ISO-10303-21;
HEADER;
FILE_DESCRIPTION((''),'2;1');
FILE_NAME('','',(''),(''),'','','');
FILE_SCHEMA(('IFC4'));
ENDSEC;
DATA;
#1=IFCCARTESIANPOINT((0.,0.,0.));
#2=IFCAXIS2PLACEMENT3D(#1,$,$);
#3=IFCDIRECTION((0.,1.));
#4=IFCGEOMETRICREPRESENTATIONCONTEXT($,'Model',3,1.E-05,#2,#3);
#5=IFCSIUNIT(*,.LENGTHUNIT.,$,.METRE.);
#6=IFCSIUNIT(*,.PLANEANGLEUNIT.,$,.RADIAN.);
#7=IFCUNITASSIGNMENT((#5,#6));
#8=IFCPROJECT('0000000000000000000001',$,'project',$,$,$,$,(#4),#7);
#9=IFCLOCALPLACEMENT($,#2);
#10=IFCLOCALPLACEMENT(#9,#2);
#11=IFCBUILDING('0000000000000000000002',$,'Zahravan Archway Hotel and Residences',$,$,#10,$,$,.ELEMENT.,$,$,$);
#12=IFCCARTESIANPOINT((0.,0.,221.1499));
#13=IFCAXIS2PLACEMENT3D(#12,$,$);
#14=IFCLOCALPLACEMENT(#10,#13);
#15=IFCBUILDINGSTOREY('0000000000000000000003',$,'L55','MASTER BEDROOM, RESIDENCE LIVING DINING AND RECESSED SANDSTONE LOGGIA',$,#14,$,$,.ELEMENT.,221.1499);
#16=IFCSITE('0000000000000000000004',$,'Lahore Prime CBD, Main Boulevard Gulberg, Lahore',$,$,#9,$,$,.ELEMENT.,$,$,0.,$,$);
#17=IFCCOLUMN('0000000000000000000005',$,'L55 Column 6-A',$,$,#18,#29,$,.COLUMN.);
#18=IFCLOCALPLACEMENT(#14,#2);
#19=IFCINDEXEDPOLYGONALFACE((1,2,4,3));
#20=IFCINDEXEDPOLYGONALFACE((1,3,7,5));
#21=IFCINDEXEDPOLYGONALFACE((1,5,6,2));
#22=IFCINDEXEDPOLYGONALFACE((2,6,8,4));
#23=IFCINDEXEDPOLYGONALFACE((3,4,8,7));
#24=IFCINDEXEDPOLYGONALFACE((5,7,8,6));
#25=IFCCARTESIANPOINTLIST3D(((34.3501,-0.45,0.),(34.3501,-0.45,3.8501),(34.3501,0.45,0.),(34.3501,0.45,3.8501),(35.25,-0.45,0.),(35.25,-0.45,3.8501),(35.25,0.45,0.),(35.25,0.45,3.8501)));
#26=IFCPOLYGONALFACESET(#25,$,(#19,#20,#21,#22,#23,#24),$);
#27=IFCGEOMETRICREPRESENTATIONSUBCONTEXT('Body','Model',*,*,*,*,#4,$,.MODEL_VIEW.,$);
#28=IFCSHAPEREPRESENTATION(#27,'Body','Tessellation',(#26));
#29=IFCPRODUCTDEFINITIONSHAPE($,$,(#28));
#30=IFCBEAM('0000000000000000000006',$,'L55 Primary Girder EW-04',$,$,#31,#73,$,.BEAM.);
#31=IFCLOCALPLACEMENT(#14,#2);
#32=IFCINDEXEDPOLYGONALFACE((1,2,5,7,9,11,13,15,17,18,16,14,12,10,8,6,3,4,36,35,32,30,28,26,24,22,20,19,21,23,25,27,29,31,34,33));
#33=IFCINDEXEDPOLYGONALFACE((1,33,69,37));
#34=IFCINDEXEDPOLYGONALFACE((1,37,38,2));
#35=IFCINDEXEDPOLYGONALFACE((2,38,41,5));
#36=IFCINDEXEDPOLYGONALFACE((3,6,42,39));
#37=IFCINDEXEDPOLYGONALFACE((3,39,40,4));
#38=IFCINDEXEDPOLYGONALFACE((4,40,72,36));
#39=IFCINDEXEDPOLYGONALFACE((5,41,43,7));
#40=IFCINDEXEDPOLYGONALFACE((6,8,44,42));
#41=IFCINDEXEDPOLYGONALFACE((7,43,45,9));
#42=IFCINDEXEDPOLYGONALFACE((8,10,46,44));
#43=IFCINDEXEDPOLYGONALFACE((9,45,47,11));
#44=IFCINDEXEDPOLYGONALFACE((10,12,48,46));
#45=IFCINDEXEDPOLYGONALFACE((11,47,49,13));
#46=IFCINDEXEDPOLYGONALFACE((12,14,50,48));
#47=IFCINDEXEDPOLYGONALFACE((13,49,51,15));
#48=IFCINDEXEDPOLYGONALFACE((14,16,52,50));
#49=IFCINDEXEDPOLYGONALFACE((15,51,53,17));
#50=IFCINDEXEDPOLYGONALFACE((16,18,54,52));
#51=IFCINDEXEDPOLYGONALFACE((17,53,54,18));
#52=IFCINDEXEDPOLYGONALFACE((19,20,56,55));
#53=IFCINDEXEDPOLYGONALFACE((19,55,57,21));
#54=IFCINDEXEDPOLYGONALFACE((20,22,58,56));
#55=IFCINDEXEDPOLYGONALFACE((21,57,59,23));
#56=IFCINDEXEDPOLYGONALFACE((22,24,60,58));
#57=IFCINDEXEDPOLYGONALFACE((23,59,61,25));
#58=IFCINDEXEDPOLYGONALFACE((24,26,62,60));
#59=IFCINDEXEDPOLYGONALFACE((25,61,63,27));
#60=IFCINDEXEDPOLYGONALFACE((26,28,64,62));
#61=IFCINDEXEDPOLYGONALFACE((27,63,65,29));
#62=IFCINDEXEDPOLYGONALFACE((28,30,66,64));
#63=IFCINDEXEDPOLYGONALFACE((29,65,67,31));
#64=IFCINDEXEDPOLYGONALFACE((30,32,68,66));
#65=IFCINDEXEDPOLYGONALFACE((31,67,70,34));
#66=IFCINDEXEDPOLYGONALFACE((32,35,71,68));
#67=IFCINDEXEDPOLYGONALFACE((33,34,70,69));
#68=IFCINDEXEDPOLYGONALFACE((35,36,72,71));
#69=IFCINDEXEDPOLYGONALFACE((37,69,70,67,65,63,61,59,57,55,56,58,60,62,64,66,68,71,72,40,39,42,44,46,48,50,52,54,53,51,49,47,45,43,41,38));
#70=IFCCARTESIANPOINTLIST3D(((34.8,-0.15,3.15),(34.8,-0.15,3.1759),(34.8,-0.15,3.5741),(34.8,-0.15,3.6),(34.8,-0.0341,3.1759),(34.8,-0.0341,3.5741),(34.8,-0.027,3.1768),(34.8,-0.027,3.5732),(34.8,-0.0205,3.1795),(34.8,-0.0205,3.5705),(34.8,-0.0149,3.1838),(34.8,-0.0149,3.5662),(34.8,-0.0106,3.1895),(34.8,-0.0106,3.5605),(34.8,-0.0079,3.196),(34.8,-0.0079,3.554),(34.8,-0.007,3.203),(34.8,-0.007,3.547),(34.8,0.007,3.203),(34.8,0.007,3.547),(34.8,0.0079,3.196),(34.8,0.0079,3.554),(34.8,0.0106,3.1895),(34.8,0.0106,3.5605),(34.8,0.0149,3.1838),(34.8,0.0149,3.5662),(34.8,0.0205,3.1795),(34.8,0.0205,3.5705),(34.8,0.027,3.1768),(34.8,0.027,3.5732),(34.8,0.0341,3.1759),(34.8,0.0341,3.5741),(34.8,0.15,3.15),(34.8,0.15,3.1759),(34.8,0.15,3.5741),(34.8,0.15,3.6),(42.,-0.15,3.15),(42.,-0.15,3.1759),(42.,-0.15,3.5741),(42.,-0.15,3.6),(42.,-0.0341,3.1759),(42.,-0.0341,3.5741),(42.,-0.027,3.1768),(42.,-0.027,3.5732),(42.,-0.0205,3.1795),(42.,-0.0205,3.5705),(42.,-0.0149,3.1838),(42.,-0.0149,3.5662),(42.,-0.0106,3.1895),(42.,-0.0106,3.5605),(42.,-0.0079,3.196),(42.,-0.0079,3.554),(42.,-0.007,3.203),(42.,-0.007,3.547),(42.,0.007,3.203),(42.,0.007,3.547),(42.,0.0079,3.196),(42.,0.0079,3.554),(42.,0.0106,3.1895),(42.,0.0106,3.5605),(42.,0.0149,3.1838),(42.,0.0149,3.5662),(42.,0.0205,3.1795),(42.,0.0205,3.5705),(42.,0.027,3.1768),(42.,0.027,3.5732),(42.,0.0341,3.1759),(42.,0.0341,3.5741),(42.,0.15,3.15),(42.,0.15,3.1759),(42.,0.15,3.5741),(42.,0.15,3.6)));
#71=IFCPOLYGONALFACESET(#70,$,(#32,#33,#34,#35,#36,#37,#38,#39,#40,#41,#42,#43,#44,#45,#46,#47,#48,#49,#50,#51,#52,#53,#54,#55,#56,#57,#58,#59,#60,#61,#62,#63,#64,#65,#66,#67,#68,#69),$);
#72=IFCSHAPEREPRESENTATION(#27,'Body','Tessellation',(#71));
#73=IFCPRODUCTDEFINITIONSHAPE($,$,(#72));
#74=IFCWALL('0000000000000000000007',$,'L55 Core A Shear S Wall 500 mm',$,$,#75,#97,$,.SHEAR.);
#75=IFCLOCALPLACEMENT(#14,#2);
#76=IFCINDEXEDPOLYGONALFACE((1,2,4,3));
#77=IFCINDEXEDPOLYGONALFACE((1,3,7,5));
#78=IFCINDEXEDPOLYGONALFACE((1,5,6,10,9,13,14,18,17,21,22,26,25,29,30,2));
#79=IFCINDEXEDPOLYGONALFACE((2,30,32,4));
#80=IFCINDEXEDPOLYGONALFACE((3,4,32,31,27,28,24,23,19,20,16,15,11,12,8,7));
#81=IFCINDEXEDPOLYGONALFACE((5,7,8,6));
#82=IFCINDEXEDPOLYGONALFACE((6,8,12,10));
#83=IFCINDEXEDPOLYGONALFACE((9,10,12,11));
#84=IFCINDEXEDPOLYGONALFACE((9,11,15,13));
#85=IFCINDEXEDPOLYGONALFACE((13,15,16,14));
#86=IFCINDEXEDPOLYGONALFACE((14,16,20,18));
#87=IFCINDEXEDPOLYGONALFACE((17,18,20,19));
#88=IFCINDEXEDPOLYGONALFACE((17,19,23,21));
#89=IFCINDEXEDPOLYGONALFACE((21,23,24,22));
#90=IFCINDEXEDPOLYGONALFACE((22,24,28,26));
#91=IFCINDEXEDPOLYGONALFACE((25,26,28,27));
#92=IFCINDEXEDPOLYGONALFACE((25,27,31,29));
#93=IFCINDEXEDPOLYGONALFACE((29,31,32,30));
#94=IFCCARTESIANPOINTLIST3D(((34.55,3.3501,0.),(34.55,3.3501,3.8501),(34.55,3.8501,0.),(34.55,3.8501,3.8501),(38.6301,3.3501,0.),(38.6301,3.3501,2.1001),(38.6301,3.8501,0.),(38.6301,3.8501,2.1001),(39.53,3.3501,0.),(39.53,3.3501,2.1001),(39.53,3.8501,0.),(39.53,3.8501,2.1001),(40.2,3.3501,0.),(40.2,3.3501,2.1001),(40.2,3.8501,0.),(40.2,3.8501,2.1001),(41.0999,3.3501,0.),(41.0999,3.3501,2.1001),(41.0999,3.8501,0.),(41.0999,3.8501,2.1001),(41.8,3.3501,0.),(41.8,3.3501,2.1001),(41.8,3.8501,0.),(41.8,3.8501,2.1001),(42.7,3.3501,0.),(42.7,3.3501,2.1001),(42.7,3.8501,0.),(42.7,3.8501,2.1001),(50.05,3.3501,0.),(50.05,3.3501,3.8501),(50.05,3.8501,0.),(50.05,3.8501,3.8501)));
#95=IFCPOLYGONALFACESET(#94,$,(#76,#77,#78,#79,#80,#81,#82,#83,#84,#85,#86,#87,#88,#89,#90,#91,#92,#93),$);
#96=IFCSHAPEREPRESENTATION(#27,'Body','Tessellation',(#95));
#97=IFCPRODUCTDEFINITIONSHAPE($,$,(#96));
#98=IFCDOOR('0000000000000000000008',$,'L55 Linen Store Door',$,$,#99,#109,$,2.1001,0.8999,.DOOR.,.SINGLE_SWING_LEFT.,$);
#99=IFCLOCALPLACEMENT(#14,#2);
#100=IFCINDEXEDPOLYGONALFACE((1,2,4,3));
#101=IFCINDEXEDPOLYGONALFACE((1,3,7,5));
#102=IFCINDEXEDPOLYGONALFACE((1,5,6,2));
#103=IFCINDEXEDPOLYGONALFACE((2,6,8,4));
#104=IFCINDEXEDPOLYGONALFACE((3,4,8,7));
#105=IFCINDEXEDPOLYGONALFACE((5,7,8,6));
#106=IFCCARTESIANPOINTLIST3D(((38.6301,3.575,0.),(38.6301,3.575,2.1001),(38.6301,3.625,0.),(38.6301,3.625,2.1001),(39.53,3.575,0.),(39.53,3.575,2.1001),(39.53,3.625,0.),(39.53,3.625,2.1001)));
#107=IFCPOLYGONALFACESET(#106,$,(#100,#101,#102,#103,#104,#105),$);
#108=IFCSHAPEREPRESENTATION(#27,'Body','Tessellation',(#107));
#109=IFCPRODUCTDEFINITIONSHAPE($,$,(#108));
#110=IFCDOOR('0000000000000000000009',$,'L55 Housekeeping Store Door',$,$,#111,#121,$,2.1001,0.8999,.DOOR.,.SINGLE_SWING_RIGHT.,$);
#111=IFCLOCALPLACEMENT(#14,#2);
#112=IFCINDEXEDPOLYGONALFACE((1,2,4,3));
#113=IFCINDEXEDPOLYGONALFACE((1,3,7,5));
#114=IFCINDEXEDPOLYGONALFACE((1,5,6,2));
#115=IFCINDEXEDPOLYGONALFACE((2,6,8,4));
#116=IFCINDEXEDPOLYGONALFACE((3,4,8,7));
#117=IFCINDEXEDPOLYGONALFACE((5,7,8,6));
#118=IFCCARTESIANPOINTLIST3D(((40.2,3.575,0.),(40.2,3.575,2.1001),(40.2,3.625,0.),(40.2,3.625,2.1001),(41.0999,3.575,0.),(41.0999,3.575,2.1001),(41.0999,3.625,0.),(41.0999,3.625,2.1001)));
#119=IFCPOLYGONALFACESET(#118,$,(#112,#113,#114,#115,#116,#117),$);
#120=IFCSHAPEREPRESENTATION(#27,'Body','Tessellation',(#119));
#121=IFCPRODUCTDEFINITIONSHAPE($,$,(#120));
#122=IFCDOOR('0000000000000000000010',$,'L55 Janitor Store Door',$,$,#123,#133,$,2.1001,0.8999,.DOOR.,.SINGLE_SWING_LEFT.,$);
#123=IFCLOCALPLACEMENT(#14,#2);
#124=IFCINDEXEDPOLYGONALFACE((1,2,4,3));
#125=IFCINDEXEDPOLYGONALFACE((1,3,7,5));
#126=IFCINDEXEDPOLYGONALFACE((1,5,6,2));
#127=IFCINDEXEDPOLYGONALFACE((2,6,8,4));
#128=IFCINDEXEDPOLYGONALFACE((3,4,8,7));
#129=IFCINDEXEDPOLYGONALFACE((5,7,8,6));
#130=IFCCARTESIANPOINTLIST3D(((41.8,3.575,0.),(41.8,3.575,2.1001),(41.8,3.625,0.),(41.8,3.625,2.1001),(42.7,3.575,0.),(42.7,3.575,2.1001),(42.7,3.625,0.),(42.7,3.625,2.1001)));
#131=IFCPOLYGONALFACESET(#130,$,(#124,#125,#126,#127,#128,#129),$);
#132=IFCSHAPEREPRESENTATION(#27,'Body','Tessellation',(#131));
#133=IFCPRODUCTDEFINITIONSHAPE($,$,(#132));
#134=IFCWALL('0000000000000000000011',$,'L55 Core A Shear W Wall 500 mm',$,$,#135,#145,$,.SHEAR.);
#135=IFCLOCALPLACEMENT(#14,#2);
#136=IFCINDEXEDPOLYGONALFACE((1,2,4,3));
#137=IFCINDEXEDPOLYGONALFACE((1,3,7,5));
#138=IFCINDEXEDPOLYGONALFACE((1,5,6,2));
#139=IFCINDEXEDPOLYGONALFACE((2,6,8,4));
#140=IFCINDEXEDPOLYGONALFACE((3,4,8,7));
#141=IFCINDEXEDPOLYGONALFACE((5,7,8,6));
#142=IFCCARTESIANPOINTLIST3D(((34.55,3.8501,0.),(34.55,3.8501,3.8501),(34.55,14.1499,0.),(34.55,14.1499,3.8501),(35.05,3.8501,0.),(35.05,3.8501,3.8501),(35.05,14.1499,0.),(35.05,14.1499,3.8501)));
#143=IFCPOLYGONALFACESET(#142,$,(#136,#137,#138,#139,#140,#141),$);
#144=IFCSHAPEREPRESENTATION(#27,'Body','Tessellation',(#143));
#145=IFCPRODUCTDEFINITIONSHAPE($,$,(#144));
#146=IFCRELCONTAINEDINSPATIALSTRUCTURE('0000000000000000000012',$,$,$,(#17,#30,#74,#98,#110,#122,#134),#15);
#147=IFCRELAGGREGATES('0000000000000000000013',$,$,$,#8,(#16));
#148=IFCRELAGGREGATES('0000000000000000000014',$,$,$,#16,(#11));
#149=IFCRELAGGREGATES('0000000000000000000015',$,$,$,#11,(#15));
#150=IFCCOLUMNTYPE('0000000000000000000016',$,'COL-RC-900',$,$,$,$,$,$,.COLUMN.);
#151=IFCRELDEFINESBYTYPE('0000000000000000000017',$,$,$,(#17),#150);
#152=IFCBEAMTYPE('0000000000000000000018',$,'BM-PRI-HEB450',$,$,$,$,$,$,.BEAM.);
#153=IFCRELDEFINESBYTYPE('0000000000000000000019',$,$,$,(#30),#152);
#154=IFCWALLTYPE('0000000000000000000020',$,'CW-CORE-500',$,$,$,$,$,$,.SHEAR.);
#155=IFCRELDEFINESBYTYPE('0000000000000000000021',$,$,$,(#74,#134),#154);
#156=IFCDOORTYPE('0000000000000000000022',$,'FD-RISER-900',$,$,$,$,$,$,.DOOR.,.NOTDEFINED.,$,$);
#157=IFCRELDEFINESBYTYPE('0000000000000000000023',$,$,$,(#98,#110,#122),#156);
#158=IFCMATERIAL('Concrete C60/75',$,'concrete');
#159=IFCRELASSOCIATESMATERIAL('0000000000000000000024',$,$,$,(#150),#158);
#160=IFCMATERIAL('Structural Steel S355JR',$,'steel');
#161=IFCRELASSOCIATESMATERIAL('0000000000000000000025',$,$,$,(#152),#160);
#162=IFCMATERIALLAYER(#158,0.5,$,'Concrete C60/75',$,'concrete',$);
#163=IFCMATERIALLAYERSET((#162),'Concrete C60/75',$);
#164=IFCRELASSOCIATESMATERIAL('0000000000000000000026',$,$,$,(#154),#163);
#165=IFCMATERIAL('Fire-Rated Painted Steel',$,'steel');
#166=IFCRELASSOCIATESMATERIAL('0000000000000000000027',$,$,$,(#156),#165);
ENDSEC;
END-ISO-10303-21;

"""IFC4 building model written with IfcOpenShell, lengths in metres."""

from ifc_helpers import new_model, si_unit, direction, frame, frame_2d, origin, origin_2d, place, context, subcontext, project, spatial, rectangle, i_section, extrude, source, transform, mapped, material, layer, layer_set, material_profile, profile_set, type_object, type_shapes, element, fill, save


model = new_model("IFC4")

# Units and contexts
model_context = context("Model", 3, precision=1e-05, world=origin(), true_north=direction((0.0, 1.0)))
body_context = subcontext(model_context, "Body", "Model", "MODEL_VIEW")
ifc_project = project(units=[si_unit("LENGTHUNIT", "METRE"), si_unit("PLANEANGLEUNIT", "RADIAN")], contexts=[model_context])

# Site, building, storey
site_placement = place(None, origin())
site = spatial("IfcSite", under=ifc_project, at=site_placement, Name="Lahore Prime CBD, Main Boulevard Gulberg, Lahore", CompositionType="ELEMENT", RefElevation=0.0)
building_placement = place(site_placement, origin())
building = spatial("IfcBuilding", under=site, at=building_placement, Name="Zahravan Archway Hotel and Residences", CompositionType="ELEMENT")
storey_placement = place(building_placement, frame((0.0, 0.0, 221.1499)))
storey = spatial("IfcBuildingStorey", under=building, at=storey_placement, Name="L55", Description="MASTER BEDROOM, RESIDENCE LIVING DINING AND RECESSED SANDSTONE LOGGIA", CompositionType="ELEMENT", Elevation=221.1499)

# Column
ifc_material_1 = material(Name="Concrete C60/75", Category="concrete")
ifc_material_profile_1 = material_profile(ifc_material_1, rectangle(XDim=0.8999, YDim=0.8999, at=origin_2d()), Name="RC-COL-900x900", Category="concrete")
ifc_profile_set_1 = profile_set([ifc_material_profile_1], Name="Concrete C60/75")
column_type = type_object("IfcColumnType", Name="COL-RC-900", PredefinedType="COLUMN", material=ifc_profile_set_1)
shared_shape_1 = source(origin(), body_context, "Body", "SweptSolid", [
    extrude(rectangle(XDim=0.8999, YDim=0.8999, at=origin_2d()), origin(), (0.0, 0.0, 1.0), 3.8501),
])
type_shapes(column_type, [shared_shape_1])
column_placement = place(storey_placement, frame((34.8, 0.0, 0.0), z_axis=(0.0, 0.0, 1.0), x_axis=(1.0, 0.0, 0.0)))
element("IfcColumn", 1, at=column_placement, inside=storey, type_object=column_type, Name="L55 Column 6-A", PredefinedType="COLUMN", context=body_context, shape_type="MappedRepresentation", body=[
    mapped(shared_shape_1, transform((0.0, 0.0, 0.0), scale=1.0)),
])

# Beam
ifc_material_2 = material(Name="Structural Steel S355JR", Category="steel")
ifc_material_profile_2 = material_profile(ifc_material_2, i_section(OverallWidth=0.3, OverallDepth=0.45, WebThickness=0.0139, FlangeThickness=0.0259, FilletRadius=0.0271, at=origin_2d()), Name="HEB 450", Category="steel")
ifc_profile_set_2 = profile_set([ifc_material_profile_2], Name="Structural Steel S355JR")
beam_type = type_object("IfcBeamType", Name="BM-PRI-HEB450", PredefinedType="BEAM", material=ifc_profile_set_2)
shared_shape_2 = source(origin(), body_context, "Body", "SweptSolid", [
    extrude(i_section(OverallWidth=0.3, OverallDepth=0.45, WebThickness=0.0139, FlangeThickness=0.0259, FilletRadius=0.0271, at=origin_2d()), origin(), (0.0, 0.0, 1.0), 7.2),
])
beam_placement = place(storey_placement, frame((34.8, 0.0, 3.375), z_axis=(1.0, 0.0, 0.0), x_axis=(0.0, 1.0, 0.0)))
element("IfcBeam", 2, at=beam_placement, inside=storey, type_object=beam_type, Name="L55 Primary Girder EW-04", PredefinedType="BEAM", context=body_context, shape_type="MappedRepresentation", body=[
    mapped(shared_shape_2, transform((0.0, 0.0, 0.0), scale=1.0)),
])

# Wall, openings, doors
ifc_layer_1 = layer(ifc_material_1, 0.5, Name="Concrete C60/75", Category="concrete")
ifc_layer_set_1 = layer_set([ifc_layer_1], Name="Concrete C60/75")
wall_type_1 = type_object("IfcWallType", Name="CW-CORE-500", PredefinedType="SHEAR", material=ifc_layer_set_1)
wall_1_placement = place(storey_placement, frame((34.55, 3.6001, 0.0), z_axis=(0.0, 0.0, 1.0), x_axis=(1.0, 0.0, 0.0)))
wall_1 = element("IfcWall", 3, at=wall_1_placement, inside=storey, type_object=wall_type_1, Name="L55 Core A Shear S Wall 500 mm", PredefinedType="SHEAR", context=body_context, shape_type="SweptSolid", body=[
    extrude(rectangle(XDim=15.5, YDim=0.5, at=frame_2d((7.75, 0.0))), origin(), (0.0, 0.0, 1.0), 3.8501),
])
opening_1_placement = place(wall_1_placement, frame((4.0801, 0.0, 0.0)))
opening_1 = element("IfcOpeningElement", 4, at=opening_1_placement, cuts=wall_1, PredefinedType="OPENING", context=body_context, shape_type="SweptSolid", body=[
    extrude(rectangle(XDim=0.8999, YDim=2.1001, at=frame_2d((0.45, 1.05))), frame((0.0, 0.26, 0.0), z_axis=(0.0, -1.0, 0.0), x_axis=(1.0, 0.0, 0.0)), (0.0, 0.0, 1.0), 0.52),
])
opening_2_placement = place(wall_1_placement, frame((5.6499, 0.0, 0.0)))
opening_2 = element("IfcOpeningElement", 5, at=opening_2_placement, cuts=wall_1, PredefinedType="OPENING", context=body_context, shape_type="SweptSolid", body=[
    extrude(rectangle(XDim=0.8999, YDim=2.1001, at=frame_2d((0.45, 1.05))), frame((0.0, 0.26, 0.0), z_axis=(0.0, -1.0, 0.0), x_axis=(1.0, 0.0, 0.0)), (0.0, 0.0, 1.0), 0.52),
])
opening_3_placement = place(wall_1_placement, frame((7.25, 0.0, 0.0)))
opening_3 = element("IfcOpeningElement", 6, at=opening_3_placement, cuts=wall_1, PredefinedType="OPENING", context=body_context, shape_type="SweptSolid", body=[
    extrude(rectangle(XDim=0.8999, YDim=2.1001, at=frame_2d((0.45, 1.05))), frame((0.0, 0.26, 0.0), z_axis=(0.0, -1.0, 0.0), x_axis=(1.0, 0.0, 0.0)), (0.0, 0.0, 1.0), 0.52),
])
ifc_material_3 = material(Name="Fire-Rated Painted Steel", Category="steel")
door_type_1 = type_object("IfcDoorType", Name="FD-RISER-900", OperationType="NOTDEFINED", PredefinedType="DOOR", material=ifc_material_3)
shared_shape_3 = source(origin(), body_context, "Body", "SweptSolid", [
    extrude(rectangle(XDim=0.8999, YDim=2.1001, at=frame_2d((0.45, 1.05))), frame((0.0, 0.0249, 0.0), z_axis=(0.0, -1.0, 0.0), x_axis=(1.0, 0.0, 0.0)), (0.0, 0.0, 1.0), 0.05),
])
type_shapes(door_type_1, [shared_shape_3])
door_1_placement = place(opening_1_placement, origin())
door_1 = element("IfcDoor", 7, at=door_1_placement, inside=storey, type_object=door_type_1, Name="L55 Linen Store Door", OperationType="SINGLE_SWING_LEFT", OverallHeight=2.1001, OverallWidth=0.8999, PredefinedType="DOOR", context=body_context, shape_type="MappedRepresentation", body=[
    mapped(shared_shape_3, transform((0.0, 0.0, 0.0), scale=1.0)),
])
fill(opening_1, door_1)
door_2_placement = place(opening_2_placement, origin())
door_2 = element("IfcDoor", 8, at=door_2_placement, inside=storey, type_object=door_type_1, Name="L55 Housekeeping Store Door", OperationType="SINGLE_SWING_RIGHT", OverallHeight=2.1001, OverallWidth=0.8999, PredefinedType="DOOR", context=body_context, shape_type="MappedRepresentation", body=[
    mapped(shared_shape_3, transform((0.0, 0.0, 0.0), scale=1.0)),
])
fill(opening_2, door_2)
door_3_placement = place(opening_3_placement, origin())
door_3 = element("IfcDoor", 9, at=door_3_placement, inside=storey, type_object=door_type_1, Name="L55 Janitor Store Door", OperationType="SINGLE_SWING_LEFT", OverallHeight=2.1001, OverallWidth=0.8999, PredefinedType="DOOR", context=body_context, shape_type="MappedRepresentation", body=[
    mapped(shared_shape_3, transform((0.0, 0.0, 0.0), scale=1.0)),
])
fill(opening_3, door_3)

# Wall
wall_2_placement = place(storey_placement, frame((34.8, 3.8501, 0.0), z_axis=(0.0, 0.0, 1.0), x_axis=(0.0, 1.0, 0.0)))
element("IfcWall", 10, at=wall_2_placement, inside=storey, type_object=wall_type_1, Name="L55 Core A Shear W Wall 500 mm", PredefinedType="SHEAR", context=body_context, shape_type="SweptSolid", body=[
    extrude(rectangle(XDim=10.2998, YDim=0.5, at=frame_2d((5.1499, 0.0))), origin(), (0.0, 0.0, 1.0), 3.8501),
])

save(model, "model.ifc")
